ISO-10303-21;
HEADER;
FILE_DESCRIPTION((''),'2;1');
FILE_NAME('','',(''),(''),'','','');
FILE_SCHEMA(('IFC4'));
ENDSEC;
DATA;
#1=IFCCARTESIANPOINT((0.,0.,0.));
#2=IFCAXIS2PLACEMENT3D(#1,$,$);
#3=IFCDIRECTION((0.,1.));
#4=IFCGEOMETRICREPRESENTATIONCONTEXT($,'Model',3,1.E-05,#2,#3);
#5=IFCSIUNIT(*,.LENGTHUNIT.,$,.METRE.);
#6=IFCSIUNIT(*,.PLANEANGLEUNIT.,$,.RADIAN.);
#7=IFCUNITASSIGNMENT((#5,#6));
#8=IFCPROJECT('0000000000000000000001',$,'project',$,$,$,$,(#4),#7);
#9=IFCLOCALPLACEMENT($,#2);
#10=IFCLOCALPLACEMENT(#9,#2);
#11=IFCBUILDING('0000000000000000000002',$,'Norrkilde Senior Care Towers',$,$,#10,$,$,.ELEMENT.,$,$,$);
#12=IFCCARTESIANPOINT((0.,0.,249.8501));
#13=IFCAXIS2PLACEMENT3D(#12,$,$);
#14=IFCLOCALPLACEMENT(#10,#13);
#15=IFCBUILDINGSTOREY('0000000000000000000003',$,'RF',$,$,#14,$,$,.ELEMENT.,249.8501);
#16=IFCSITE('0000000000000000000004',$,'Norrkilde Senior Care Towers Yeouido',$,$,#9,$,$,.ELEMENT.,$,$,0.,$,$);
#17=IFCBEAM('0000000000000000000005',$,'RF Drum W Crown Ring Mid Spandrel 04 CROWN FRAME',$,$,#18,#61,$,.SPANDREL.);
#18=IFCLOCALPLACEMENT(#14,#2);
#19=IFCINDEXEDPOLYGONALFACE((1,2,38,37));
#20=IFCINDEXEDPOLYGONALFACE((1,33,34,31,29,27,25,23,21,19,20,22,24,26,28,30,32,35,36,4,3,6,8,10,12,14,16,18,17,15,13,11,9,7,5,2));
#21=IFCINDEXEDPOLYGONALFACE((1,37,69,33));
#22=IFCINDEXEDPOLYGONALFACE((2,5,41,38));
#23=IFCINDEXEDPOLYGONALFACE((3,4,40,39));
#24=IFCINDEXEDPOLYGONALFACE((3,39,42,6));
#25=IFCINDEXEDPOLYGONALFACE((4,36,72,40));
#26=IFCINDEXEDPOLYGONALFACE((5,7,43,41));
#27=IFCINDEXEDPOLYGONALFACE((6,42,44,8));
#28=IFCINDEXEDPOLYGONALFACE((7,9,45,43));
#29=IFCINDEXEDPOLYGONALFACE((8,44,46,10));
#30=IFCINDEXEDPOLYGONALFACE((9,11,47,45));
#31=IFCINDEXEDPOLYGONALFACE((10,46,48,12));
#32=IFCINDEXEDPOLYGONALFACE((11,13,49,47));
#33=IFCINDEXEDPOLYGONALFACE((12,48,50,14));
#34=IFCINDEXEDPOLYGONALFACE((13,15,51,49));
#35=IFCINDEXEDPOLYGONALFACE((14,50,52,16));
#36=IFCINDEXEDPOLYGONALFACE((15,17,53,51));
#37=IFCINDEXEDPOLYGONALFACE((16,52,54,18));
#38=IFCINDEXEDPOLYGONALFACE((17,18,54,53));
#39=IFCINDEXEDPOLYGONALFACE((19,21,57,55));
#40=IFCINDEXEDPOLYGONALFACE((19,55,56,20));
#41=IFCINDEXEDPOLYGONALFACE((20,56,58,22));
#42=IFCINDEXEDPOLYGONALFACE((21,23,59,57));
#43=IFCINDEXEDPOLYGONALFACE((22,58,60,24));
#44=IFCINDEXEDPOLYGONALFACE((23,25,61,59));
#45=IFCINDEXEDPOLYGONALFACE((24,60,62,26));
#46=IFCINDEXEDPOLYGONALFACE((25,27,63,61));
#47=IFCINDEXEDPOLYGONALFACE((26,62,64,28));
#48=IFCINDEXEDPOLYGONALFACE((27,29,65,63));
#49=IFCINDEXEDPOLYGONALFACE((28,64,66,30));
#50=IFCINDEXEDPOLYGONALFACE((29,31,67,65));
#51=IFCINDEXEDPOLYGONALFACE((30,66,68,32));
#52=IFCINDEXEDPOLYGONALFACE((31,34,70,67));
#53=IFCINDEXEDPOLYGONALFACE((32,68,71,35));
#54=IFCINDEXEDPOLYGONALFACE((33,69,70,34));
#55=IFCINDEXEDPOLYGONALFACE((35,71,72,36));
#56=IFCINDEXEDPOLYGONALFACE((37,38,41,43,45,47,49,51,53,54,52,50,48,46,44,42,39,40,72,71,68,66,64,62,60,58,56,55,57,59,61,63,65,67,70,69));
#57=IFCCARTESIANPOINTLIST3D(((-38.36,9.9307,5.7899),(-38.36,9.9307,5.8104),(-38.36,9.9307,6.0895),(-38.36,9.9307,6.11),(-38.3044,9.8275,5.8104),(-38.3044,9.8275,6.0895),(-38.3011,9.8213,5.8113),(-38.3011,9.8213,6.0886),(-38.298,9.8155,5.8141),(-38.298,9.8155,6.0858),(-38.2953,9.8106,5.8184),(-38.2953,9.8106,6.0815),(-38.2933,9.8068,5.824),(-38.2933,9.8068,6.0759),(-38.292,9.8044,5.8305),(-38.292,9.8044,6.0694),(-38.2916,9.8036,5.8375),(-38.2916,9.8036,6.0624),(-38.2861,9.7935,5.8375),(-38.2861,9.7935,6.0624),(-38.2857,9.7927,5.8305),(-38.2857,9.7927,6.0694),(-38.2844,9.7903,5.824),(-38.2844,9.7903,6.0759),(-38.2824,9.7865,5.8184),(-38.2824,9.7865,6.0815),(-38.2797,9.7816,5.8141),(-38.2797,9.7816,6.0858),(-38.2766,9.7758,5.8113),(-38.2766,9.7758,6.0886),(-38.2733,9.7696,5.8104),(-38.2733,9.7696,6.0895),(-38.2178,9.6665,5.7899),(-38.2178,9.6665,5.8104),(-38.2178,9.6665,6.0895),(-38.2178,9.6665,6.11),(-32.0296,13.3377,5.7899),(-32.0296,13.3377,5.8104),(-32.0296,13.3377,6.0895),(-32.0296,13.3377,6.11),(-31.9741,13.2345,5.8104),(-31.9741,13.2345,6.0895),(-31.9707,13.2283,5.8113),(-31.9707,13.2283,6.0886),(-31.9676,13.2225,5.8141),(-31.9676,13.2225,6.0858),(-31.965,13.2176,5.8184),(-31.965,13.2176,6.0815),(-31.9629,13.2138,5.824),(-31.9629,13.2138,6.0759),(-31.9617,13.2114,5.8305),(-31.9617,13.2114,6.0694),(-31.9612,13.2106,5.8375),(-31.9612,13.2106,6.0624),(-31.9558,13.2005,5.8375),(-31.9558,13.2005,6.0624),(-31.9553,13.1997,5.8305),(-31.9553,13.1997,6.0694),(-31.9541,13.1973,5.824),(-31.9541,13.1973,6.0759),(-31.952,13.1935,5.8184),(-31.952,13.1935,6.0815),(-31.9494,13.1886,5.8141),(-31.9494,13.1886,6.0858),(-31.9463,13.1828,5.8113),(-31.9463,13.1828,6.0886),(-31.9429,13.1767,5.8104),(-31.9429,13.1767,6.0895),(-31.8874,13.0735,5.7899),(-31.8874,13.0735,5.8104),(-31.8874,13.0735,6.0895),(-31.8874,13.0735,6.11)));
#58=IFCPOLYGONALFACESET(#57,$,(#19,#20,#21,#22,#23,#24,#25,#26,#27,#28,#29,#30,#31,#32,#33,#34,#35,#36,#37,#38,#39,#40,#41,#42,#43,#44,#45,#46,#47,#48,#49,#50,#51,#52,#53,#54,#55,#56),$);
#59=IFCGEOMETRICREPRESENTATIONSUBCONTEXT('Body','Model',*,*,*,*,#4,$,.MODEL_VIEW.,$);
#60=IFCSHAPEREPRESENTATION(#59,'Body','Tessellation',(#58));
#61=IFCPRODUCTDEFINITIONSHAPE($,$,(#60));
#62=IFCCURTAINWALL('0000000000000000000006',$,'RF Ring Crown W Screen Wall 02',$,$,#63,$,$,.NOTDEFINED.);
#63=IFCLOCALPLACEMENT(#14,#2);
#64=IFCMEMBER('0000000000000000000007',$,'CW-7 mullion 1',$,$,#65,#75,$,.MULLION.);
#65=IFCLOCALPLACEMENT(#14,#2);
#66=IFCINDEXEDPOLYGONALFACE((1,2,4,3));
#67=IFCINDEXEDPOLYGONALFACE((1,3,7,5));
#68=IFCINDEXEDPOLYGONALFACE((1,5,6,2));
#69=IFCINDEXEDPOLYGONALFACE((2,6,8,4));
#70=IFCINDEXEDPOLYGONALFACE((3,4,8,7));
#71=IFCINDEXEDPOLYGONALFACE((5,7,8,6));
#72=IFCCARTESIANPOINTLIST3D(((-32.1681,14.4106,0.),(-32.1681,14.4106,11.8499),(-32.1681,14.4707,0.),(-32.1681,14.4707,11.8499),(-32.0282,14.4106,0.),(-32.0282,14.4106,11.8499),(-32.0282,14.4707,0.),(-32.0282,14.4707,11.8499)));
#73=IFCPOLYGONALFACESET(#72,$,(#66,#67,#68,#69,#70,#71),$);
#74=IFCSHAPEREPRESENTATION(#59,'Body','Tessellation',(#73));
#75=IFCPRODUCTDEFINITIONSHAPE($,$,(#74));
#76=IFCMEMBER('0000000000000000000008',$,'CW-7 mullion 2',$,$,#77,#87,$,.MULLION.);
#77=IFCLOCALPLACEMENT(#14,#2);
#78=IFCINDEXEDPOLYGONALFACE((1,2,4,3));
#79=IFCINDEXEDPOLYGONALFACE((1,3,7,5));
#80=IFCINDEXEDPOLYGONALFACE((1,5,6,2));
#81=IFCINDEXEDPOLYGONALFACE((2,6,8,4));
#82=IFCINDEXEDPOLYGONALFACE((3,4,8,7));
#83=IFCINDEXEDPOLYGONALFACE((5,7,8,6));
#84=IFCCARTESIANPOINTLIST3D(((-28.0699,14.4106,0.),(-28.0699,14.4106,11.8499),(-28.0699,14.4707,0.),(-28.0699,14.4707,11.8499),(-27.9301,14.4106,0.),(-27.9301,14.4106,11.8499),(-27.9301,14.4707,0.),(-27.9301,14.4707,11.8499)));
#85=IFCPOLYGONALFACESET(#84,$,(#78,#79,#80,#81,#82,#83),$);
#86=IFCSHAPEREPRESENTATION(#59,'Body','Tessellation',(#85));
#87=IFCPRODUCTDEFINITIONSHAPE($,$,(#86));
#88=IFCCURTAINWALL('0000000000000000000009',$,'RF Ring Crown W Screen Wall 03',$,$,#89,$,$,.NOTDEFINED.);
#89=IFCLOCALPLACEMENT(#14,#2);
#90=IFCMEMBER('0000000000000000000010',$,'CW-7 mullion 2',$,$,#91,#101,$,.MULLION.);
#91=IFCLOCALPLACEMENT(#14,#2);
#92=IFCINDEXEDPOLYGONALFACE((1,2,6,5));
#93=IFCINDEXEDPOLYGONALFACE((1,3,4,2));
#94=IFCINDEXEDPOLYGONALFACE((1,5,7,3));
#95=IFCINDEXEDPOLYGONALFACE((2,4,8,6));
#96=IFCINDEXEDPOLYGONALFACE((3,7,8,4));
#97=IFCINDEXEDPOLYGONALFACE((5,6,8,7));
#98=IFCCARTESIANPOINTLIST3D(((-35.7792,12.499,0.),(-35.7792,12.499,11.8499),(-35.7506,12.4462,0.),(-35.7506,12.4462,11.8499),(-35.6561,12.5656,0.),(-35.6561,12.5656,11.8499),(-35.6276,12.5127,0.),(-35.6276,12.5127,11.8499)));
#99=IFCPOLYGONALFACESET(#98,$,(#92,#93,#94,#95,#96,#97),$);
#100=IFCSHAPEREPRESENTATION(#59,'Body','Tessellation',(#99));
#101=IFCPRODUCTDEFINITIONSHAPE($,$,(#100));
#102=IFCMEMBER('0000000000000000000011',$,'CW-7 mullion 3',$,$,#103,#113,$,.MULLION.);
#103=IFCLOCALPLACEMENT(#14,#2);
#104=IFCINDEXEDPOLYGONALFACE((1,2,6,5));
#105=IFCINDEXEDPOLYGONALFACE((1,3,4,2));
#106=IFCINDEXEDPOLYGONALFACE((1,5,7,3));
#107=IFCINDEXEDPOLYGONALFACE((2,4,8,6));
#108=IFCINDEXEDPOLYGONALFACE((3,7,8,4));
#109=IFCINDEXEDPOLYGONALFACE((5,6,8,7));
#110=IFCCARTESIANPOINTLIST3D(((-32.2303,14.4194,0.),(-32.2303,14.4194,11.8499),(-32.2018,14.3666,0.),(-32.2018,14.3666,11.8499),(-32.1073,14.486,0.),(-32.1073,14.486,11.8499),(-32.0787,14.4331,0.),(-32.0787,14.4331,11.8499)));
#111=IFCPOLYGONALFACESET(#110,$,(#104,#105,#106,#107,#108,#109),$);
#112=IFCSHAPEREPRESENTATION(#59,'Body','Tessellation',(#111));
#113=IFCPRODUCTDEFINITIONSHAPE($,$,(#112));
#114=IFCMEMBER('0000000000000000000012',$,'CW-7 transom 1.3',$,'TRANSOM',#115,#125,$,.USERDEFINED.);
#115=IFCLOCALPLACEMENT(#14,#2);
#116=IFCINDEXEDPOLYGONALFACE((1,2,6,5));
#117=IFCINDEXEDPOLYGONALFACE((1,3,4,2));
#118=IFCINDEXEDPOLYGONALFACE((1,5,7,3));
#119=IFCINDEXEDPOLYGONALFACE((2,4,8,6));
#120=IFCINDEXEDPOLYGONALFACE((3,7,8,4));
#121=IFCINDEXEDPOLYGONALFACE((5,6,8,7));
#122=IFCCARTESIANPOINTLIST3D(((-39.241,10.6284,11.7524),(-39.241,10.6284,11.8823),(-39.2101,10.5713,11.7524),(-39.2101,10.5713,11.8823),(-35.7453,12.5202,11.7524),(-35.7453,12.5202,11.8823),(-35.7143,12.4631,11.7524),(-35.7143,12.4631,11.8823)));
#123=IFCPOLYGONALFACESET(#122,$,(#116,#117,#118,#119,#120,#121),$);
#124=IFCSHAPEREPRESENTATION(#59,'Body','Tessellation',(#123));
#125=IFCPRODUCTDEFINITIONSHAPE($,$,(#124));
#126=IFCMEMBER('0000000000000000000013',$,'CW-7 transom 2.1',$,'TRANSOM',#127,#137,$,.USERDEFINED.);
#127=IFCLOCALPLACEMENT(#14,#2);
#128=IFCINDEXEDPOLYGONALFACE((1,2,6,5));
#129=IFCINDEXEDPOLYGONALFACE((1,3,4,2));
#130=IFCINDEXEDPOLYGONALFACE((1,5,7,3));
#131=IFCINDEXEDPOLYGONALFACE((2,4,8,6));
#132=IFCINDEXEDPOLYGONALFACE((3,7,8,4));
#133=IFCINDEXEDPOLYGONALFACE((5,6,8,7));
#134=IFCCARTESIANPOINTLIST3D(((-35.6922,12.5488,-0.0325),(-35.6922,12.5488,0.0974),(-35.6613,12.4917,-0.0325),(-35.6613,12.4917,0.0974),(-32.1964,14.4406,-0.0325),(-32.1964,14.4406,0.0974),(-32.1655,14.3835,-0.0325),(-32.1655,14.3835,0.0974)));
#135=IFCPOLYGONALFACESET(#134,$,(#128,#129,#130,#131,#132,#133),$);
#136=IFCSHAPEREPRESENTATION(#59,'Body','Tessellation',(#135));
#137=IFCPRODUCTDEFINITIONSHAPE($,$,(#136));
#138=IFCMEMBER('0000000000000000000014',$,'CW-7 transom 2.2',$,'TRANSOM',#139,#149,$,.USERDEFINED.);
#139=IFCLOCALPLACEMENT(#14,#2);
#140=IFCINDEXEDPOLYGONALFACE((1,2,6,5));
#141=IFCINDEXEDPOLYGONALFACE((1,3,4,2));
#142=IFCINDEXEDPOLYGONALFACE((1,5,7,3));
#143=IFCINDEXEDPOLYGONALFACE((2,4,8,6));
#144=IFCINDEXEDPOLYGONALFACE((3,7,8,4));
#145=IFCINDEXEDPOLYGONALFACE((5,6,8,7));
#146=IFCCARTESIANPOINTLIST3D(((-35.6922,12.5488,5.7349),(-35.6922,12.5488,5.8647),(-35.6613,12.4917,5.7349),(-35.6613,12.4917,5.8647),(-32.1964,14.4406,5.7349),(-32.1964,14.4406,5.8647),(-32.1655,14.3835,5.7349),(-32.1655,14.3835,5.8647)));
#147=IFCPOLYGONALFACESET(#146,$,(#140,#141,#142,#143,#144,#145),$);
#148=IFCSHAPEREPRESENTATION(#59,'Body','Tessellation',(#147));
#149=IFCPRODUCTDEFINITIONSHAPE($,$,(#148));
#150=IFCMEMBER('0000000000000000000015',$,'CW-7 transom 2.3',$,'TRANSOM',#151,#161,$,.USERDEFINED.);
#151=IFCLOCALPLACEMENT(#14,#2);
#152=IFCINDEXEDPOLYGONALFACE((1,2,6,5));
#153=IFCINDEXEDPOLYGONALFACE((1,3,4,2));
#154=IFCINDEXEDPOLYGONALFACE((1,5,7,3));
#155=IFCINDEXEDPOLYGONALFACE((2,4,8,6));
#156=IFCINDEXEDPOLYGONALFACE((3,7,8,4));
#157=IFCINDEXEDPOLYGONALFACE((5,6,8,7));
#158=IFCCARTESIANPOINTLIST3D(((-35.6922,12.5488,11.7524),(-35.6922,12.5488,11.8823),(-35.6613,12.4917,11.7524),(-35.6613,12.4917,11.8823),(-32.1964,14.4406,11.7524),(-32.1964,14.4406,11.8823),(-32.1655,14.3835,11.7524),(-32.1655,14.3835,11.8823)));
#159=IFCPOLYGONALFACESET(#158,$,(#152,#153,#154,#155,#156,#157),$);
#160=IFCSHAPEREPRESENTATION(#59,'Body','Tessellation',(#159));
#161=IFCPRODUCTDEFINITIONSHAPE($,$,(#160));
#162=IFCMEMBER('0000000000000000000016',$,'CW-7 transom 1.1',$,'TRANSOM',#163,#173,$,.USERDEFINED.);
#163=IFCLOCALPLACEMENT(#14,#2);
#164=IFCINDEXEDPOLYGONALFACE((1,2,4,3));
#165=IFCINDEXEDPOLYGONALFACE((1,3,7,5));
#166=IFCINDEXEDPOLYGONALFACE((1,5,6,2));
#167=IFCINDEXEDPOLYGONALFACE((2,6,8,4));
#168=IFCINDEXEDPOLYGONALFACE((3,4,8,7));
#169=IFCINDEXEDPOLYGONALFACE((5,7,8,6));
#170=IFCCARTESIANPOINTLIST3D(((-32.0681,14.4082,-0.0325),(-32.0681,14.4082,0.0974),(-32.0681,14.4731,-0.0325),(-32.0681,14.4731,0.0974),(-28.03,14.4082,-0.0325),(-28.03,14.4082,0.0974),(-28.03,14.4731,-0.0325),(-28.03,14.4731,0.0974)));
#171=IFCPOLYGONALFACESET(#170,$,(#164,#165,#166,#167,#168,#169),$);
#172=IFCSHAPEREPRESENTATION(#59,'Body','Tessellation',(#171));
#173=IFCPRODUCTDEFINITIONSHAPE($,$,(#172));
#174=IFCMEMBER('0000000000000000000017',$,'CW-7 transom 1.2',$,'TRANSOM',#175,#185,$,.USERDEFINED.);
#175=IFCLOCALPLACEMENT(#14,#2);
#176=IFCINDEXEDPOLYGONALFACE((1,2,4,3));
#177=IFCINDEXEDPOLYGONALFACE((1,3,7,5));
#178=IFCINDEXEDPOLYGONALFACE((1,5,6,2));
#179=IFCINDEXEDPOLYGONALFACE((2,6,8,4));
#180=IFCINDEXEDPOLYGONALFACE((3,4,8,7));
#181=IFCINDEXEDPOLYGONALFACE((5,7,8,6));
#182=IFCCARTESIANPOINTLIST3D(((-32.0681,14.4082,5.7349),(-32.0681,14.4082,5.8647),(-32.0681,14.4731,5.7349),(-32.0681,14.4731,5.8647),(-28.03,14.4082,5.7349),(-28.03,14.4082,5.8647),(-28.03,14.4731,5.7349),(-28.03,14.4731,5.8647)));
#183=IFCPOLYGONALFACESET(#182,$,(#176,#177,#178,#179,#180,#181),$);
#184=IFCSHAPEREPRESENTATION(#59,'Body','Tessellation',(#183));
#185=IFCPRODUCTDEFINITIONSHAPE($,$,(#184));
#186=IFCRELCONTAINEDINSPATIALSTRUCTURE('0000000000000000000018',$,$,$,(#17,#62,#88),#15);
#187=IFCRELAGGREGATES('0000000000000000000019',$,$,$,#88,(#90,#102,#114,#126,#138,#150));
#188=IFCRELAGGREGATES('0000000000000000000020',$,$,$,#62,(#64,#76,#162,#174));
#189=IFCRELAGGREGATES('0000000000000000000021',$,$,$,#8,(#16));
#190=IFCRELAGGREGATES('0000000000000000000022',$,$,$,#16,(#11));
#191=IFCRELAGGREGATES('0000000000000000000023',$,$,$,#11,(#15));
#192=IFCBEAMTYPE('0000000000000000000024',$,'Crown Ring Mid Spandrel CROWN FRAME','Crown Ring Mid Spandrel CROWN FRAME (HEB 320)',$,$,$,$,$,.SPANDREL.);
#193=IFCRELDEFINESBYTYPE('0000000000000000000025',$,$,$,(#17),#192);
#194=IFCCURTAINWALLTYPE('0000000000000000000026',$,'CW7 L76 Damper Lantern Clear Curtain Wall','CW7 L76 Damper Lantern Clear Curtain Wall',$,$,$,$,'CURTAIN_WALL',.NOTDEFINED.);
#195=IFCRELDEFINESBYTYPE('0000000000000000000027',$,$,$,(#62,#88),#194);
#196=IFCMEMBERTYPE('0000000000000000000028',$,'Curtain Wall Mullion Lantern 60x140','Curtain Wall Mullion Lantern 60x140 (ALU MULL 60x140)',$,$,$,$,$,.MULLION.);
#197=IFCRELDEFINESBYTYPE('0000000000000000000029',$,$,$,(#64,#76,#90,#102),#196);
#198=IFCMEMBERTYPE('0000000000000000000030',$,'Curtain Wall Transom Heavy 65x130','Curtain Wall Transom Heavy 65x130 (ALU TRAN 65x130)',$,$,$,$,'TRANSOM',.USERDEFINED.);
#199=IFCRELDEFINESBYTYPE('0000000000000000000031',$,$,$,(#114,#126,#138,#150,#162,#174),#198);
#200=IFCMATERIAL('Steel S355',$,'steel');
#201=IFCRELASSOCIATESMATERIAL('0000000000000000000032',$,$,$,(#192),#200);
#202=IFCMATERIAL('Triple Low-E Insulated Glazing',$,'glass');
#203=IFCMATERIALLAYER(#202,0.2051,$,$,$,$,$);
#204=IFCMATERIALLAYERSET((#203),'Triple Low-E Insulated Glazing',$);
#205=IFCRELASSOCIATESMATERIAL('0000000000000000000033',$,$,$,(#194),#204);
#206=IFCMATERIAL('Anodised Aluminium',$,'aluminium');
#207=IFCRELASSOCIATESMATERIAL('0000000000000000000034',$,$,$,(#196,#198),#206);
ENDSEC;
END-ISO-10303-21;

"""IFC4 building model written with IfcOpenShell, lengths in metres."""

from ifc_helpers import new_model, si_unit, direction, frame, origin, origin_2d, place, context, subcontext, project, spatial, rectangle, i_section, extrude, source, transform, mapped, material, layer, layer_set, material_profile, profile_set, type_object, type_shapes, element, aggregate, save


model = new_model("IFC4")

# Units and contexts
model_context = context("Model", 3, precision=1e-05, world=origin(), true_north=direction((0.0, 1.0)))
body_context = subcontext(model_context, "Body", "Model", "MODEL_VIEW")
ifc_project = project(units=[si_unit("LENGTHUNIT", "METRE"), si_unit("PLANEANGLEUNIT", "RADIAN")], contexts=[model_context])

# Site, building, storey
site_placement = place(None, origin())
site = spatial("IfcSite", under=ifc_project, at=site_placement, Name="Norrkilde Senior Care Towers Yeouido", CompositionType="ELEMENT", RefElevation=0.0)
building_placement = place(site_placement, origin())
building = spatial("IfcBuilding", under=site, at=building_placement, Name="Norrkilde Senior Care Towers", CompositionType="ELEMENT")
storey_placement = place(building_placement, frame((0.0, 0.0, 249.8501)))
storey = spatial("IfcBuildingStorey", under=building, at=storey_placement, Name="RF", CompositionType="ELEMENT", Elevation=249.8501)

# Shared definitions
ifc_material_1 = material(Name="Steel S355", Category="steel")

# Shared definitions
ifc_material_profile_1 = material_profile(ifc_material_1, i_section(OverallWidth=0.3, OverallDepth=0.3201, WebThickness=0.0115, FlangeThickness=0.0205, FilletRadius=0.0271, at=origin_2d()), Name="HEB 320")
ifc_profile_set_1 = profile_set([ifc_material_profile_1], Name="Steel S355")
beam_type_1 = type_object("IfcBeamType", Name="Crown Ring Mid Spandrel CROWN FRAME", Description="Crown Ring Mid Spandrel CROWN FRAME (HEB 320)", PredefinedType="SPANDREL", material=ifc_profile_set_1)

# Beam
shared_shape_1 = source(origin(), body_context, "Body", "SweptSolid", [
    extrude(i_section(OverallWidth=0.3, OverallDepth=0.3201, WebThickness=0.0115, FlangeThickness=0.0205, FilletRadius=0.0271, at=origin_2d()), origin(), (0.0, 0.0, 1.0), 7.189),
])
beam_1_placement = place(storey_placement, frame((-31.9585, 13.2056, 5.95), z_axis=(-0.880567, -0.473922, 0.0), x_axis=(0.473922, -0.880567, 0.0)))
element("IfcBeam", 1, at=beam_1_placement, inside=storey, type_object=beam_type_1, Name="RF Drum W Crown Ring Mid Spandrel 04 CROWN FRAME", PredefinedType="SPANDREL", context=body_context, shape_type="MappedRepresentation", body=[
    mapped(shared_shape_1, transform((0.0, 0.0, 0.0), x_axis=(1.0, 0.0, 0.0), y_axis=(0.0, 1.0, 0.0), z_axis=(0.0, 0.0, 1.0), scale=1.0)),
])

# Curtain walls, members
ifc_material_2 = material(Name="Triple Low-E Insulated Glazing", Category="glass")
ifc_layer_1 = layer(ifc_material_2, 0.2051)
ifc_layer_set_1 = layer_set([ifc_layer_1], Name="Triple Low-E Insulated Glazing")
curtain_wall_type = type_object("IfcCurtainWallType", Name="CW7 L76 Damper Lantern Clear Curtain Wall", Description="CW7 L76 Damper Lantern Clear Curtain Wall", ElementType="CURTAIN_WALL", PredefinedType="NOTDEFINED", material=ifc_layer_set_1)
curtain_wall_1_placement = place(storey_placement, origin())
curtain_wall_1 = element("IfcCurtainWall", 2, at=curtain_wall_1_placement, inside=storey, type_object=curtain_wall_type, Name="RF Ring Crown W Screen Wall 02", PredefinedType="NOTDEFINED")
ifc_material_3 = material(Name="Anodised Aluminium", Category="aluminium")
ifc_material_profile_2 = material_profile(ifc_material_3, rectangle(XDim=0.0601, YDim=0.1399, at=origin_2d()), Name="ALU MULL 60x140")
ifc_profile_set_2 = profile_set([ifc_material_profile_2], Name="Anodised Aluminium")
member_type_1 = type_object("IfcMemberType", Name="Curtain Wall Mullion Lantern 60x140", Description="Curtain Wall Mullion Lantern 60x140 (ALU MULL 60x140)", PredefinedType="MULLION", material=ifc_profile_set_2)
shared_shape_2 = source(origin(), body_context, "Body", "SweptSolid", [
    extrude(rectangle(XDim=0.0601, YDim=0.1399, at=origin_2d()), origin(), (0.0, 0.0, 1.0), 11.8499),
])
type_shapes(member_type_1, [shared_shape_2])
member_1_placement = place(storey_placement, frame((-32.0981, 14.4407, 0.0), z_axis=(0.0, 0.0, 1.0), x_axis=(0.0, 1.0, 0.0)))
member_1 = element("IfcMember", 3, at=member_1_placement, type_object=member_type_1, Name="CW-7 mullion 1", PredefinedType="MULLION", context=body_context, shape_type="MappedRepresentation", body=[
    mapped(shared_shape_2, transform((0.0, 0.0, 0.0), x_axis=(1.0, 0.0, 0.0), y_axis=(0.0, 1.0, 0.0), z_axis=(0.0, 0.0, 1.0), scale=1.0)),
])
member_2_placement = place(storey_placement, frame((-28.0, 14.4407, 0.0), z_axis=(0.0, 0.0, 1.0), x_axis=(0.0, 1.0, 0.0)))
member_2 = element("IfcMember", 4, at=member_2_placement, type_object=member_type_1, Name="CW-7 mullion 2", PredefinedType="MULLION", context=body_context, shape_type="MappedRepresentation", body=[
    mapped(shared_shape_2, transform((0.0, 0.0, 0.0), x_axis=(1.0, 0.0, 0.0), y_axis=(0.0, 1.0, 0.0), z_axis=(0.0, 0.0, 1.0), scale=1.0)),
])
curtain_wall_2_placement = place(storey_placement, origin())
curtain_wall_2 = element("IfcCurtainWall", 5, at=curtain_wall_2_placement, inside=storey, type_object=curtain_wall_type, Name="RF Ring Crown W Screen Wall 03", PredefinedType="NOTDEFINED")
member_3_placement = place(storey_placement, frame((-35.7034, 12.5059, 0.0), z_axis=(0.0, 0.0, 1.0), x_axis=(-0.475934, 0.879481, 0.0)))
member_3 = element("IfcMember", 6, at=member_3_placement, type_object=member_type_1, Name="CW-7 mullion 2", PredefinedType="MULLION", context=body_context, shape_type="MappedRepresentation", body=[
    mapped(shared_shape_2, transform((0.0, 0.0, 0.0), x_axis=(1.0, 0.0, 0.0), y_axis=(0.0, 1.0, 0.0), z_axis=(0.0, 0.0, 1.0), scale=1.0)),
])
member_4_placement = place(storey_placement, frame((-32.1545, 14.4263, 0.0), z_axis=(0.0, 0.0, 1.0), x_axis=(-0.475934, 0.879481, 0.0)))
member_4 = element("IfcMember", 7, at=member_4_placement, type_object=member_type_1, Name="CW-7 mullion 3", PredefinedType="MULLION", context=body_context, shape_type="MappedRepresentation", body=[
    mapped(shared_shape_2, transform((0.0, 0.0, 0.0), x_axis=(1.0, 0.0, 0.0), y_axis=(0.0, 1.0, 0.0), z_axis=(0.0, 0.0, 1.0), scale=1.0)),
])
ifc_material_profile_3 = material_profile(ifc_material_3, rectangle(XDim=0.0649, YDim=0.1299, at=origin_2d()), Name="ALU TRAN 65x130")
ifc_profile_set_3 = profile_set([ifc_material_profile_3], Name="Anodised Aluminium")
member_type_2 = type_object("IfcMemberType", Name="Curtain Wall Transom Heavy 65x130", Description="Curtain Wall Transom Heavy 65x130 (ALU TRAN 65x130)", ElementType="TRANSOM", PredefinedType="USERDEFINED", material=ifc_profile_set_3)
shared_shape_3 = source(origin(), body_context, "Body", "SweptSolid", [
    extrude(rectangle(XDim=0.0649, YDim=0.1299, at=origin_2d()), origin(), (0.0, 0.0, 1.0), 3.9749),
])
member_5_placement = place(storey_placement, frame((-39.2256, 10.5999, 11.8174), z_axis=(0.879475, 0.475945, 0.0), x_axis=(-0.475945, 0.879475, 0.0)))
member_5 = element("IfcMember", 8, at=member_5_placement, type_object=member_type_2, Name="CW-7 transom 1.3", ObjectType="TRANSOM", PredefinedType="USERDEFINED", context=body_context, shape_type="MappedRepresentation", body=[
    mapped(shared_shape_3, transform((0.0, 0.0, 0.0), x_axis=(1.0, 0.0, 0.0), y_axis=(0.0, 1.0, 0.0), z_axis=(0.0, 0.0, 1.0), scale=1.0)),
])
member_6_placement = place(storey_placement, frame((-35.6768, 12.5203, 0.0325), z_axis=(0.879475, 0.475945, 0.0), x_axis=(-0.475945, 0.879475, 0.0)))
member_6 = element("IfcMember", 9, at=member_6_placement, type_object=member_type_2, Name="CW-7 transom 2.1", ObjectType="TRANSOM", PredefinedType="USERDEFINED", context=body_context, shape_type="MappedRepresentation", body=[
    mapped(shared_shape_3, transform((0.0, 0.0, 0.0), x_axis=(1.0, 0.0, 0.0), y_axis=(0.0, 1.0, 0.0), z_axis=(0.0, 0.0, 1.0), scale=1.0)),
])
member_7_placement = place(storey_placement, frame((-35.6768, 12.5203, 5.7998), z_axis=(0.879475, 0.475945, 0.0), x_axis=(-0.475945, 0.879475, 0.0)))
member_7 = element("IfcMember", 10, at=member_7_placement, type_object=member_type_2, Name="CW-7 transom 2.2", ObjectType="TRANSOM", PredefinedType="USERDEFINED", context=body_context, shape_type="MappedRepresentation", body=[
    mapped(shared_shape_3, transform((0.0, 0.0, 0.0), x_axis=(1.0, 0.0, 0.0), y_axis=(0.0, 1.0, 0.0), z_axis=(0.0, 0.0, 1.0), scale=1.0)),
])
member_8_placement = place(storey_placement, frame((-35.6768, 12.5203, 11.8174), z_axis=(0.879475, 0.475945, 0.0), x_axis=(-0.475945, 0.879475, 0.0)))
member_8 = element("IfcMember", 11, at=member_8_placement, type_object=member_type_2, Name="CW-7 transom 2.3", ObjectType="TRANSOM", PredefinedType="USERDEFINED", context=body_context, shape_type="MappedRepresentation", body=[
    mapped(shared_shape_3, transform((0.0, 0.0, 0.0), x_axis=(1.0, 0.0, 0.0), y_axis=(0.0, 1.0, 0.0), z_axis=(0.0, 0.0, 1.0), scale=1.0)),
])

# Members
shared_shape_4 = source(origin(), body_context, "Body", "SweptSolid", [
    extrude(rectangle(XDim=0.0649, YDim=0.1299, at=origin_2d()), origin(), (0.0, 0.0, 1.0), 4.0381),
])
type_shapes(member_type_2, [shared_shape_3, shared_shape_4])
member_9_placement = place(storey_placement, frame((-32.0681, 14.4407, 0.0325), z_axis=(1.0, 0.0, 0.0), x_axis=(0.0, 1.0, 0.0)))
member_9 = element("IfcMember", 12, at=member_9_placement, type_object=member_type_2, Name="CW-7 transom 1.1", ObjectType="TRANSOM", PredefinedType="USERDEFINED", context=body_context, shape_type="MappedRepresentation", body=[
    mapped(shared_shape_4, transform((0.0, 0.0, 0.0), x_axis=(1.0, 0.0, 0.0), y_axis=(0.0, 1.0, 0.0), z_axis=(0.0, 0.0, 1.0), scale=1.0)),
])
member_10_placement = place(storey_placement, frame((-32.0681, 14.4407, 5.7998), z_axis=(1.0, 0.0, 0.0), x_axis=(0.0, 1.0, 0.0)))
member_10 = element("IfcMember", 13, at=member_10_placement, type_object=member_type_2, Name="CW-7 transom 1.2", ObjectType="TRANSOM", PredefinedType="USERDEFINED", context=body_context, shape_type="MappedRepresentation", body=[
    mapped(shared_shape_4, transform((0.0, 0.0, 0.0), x_axis=(1.0, 0.0, 0.0), y_axis=(0.0, 1.0, 0.0), z_axis=(0.0, 0.0, 1.0), scale=1.0)),
])

aggregate(curtain_wall_2, [member_3, member_4, member_5, member_6, member_7, member_8])
aggregate(curtain_wall_1, [member_1, member_2, member_9, member_10])

save(model, "model.ifc")
